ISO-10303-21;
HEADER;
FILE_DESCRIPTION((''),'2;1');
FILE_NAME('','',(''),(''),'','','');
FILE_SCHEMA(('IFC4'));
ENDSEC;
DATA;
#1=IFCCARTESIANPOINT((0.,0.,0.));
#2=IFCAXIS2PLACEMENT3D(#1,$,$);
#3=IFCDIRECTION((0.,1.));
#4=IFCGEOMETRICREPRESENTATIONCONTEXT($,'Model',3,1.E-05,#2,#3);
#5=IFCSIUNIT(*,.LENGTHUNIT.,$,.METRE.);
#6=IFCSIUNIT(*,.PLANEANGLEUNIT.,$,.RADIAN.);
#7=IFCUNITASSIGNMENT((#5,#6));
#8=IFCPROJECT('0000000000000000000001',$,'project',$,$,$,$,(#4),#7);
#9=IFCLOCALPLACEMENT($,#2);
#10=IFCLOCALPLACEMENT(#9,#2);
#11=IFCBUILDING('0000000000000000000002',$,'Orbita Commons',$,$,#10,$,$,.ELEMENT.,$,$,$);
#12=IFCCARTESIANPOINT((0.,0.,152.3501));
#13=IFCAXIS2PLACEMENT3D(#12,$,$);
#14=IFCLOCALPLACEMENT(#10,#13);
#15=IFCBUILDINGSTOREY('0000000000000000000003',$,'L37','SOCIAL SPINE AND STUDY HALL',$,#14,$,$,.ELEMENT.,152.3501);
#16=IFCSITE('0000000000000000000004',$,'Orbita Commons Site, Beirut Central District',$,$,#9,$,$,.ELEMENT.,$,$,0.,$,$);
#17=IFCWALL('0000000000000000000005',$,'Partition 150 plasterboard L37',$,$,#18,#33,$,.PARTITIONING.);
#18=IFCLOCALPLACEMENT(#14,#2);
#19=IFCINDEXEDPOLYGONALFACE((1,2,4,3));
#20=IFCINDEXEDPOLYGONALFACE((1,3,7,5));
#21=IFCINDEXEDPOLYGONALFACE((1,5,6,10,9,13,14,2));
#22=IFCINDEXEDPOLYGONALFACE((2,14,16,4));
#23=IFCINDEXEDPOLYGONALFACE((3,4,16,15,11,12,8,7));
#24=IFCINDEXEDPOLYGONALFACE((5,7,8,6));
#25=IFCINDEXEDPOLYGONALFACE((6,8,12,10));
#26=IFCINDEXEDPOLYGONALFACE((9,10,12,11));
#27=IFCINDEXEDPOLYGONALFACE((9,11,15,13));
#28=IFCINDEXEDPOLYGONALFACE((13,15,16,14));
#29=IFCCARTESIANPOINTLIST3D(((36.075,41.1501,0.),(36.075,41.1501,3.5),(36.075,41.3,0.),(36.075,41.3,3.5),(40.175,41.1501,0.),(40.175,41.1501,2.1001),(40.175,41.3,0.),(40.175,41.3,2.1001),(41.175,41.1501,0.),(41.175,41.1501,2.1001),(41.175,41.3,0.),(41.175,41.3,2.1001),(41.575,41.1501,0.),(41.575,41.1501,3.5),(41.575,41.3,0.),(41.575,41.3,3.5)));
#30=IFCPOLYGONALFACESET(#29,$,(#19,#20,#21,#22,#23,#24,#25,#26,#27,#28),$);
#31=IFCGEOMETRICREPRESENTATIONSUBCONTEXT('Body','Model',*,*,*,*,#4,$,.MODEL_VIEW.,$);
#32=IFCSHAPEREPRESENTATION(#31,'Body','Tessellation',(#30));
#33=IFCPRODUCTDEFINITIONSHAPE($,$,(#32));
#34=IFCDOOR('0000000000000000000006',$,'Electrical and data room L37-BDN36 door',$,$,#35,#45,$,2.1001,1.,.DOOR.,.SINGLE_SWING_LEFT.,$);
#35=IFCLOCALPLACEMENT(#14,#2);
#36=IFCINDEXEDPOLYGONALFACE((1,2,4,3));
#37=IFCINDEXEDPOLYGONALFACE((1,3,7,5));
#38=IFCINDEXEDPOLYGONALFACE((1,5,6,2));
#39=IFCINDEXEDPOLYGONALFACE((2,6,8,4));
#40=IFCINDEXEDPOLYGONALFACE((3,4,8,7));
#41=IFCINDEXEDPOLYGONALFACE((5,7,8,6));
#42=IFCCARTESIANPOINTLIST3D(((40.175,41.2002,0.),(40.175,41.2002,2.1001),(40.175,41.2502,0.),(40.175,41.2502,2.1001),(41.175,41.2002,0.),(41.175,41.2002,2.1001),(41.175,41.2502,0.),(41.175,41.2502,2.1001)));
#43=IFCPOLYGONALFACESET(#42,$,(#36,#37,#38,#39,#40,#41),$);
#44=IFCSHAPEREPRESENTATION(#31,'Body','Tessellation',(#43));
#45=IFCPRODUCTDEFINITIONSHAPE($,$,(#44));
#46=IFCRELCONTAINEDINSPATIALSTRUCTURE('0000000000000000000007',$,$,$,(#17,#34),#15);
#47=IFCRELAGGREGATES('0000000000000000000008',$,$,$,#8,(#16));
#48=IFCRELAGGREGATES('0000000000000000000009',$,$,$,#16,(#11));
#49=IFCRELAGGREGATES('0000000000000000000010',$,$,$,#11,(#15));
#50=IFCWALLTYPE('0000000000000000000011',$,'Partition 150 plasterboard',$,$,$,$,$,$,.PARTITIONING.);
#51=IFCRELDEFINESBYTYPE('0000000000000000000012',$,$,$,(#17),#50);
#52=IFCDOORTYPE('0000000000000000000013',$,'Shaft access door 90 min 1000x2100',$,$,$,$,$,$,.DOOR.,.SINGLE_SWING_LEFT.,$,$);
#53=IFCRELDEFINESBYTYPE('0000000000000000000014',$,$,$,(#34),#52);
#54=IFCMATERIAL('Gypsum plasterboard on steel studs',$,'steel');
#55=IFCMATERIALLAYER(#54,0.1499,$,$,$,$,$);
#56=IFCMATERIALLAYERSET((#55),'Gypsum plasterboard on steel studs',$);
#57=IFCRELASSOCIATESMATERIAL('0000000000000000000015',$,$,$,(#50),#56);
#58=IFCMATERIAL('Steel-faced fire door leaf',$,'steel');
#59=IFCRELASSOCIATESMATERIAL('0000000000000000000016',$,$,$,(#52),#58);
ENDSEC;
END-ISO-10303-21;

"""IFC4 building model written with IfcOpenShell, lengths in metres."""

from ifc_helpers import new_model, si_unit, direction, frame, frame_2d, origin, place, context, subcontext, project, spatial, rectangle, extrude, material, layer, layer_set, type_object, element, fill, save


model = new_model("IFC4")

# Units and contexts
model_context = context("Model", 3, precision=1e-05, world=origin(), true_north=direction((0.0, 1.0)))
body_context = subcontext(model_context, "Body", "Model", "MODEL_VIEW")
ifc_project = project(units=[si_unit("LENGTHUNIT", "METRE"), si_unit("PLANEANGLEUNIT", "RADIAN")], contexts=[model_context])

# Site, building, storey
site_placement = place(None, origin())
site = spatial("IfcSite", under=ifc_project, at=site_placement, Name="Orbita Commons Site, Beirut Central District", CompositionType="ELEMENT", RefElevation=0.0)
building_placement = place(site_placement, origin())
building = spatial("IfcBuilding", under=site, at=building_placement, Name="Orbita Commons", CompositionType="ELEMENT")
storey_placement = place(building_placement, frame((0.0, 0.0, 152.3501)))
storey = spatial("IfcBuildingStorey", under=building, at=storey_placement, Name="L37", Description="SOCIAL SPINE AND STUDY HALL", CompositionType="ELEMENT", Elevation=152.3501)

# Wall, opening, door
ifc_material_1 = material(Name="Gypsum plasterboard on steel studs", Category="steel")
ifc_layer_1 = layer(ifc_material_1, 0.1499)
ifc_layer_set_1 = layer_set([ifc_layer_1], Name="Gypsum plasterboard on steel studs")
wall_type_1 = type_object("IfcWallType", Name="Partition 150 plasterboard", PredefinedType="PARTITIONING", material=ifc_layer_set_1)
ifc_material_2 = material(Name="Steel-faced fire door leaf", Category="steel")
door_type_1 = type_object("IfcDoorType", Name="Shaft access door 90 min 1000x2100", OperationType="SINGLE_SWING_LEFT", PredefinedType="DOOR", material=ifc_material_2)
wall_1_placement = place(storey_placement, frame((41.575, 41.2251, 0.0), z_axis=(0.0, 0.0, 1.0), x_axis=(-1.0, 0.0, 0.0)))
wall_1 = element("IfcWall", 1, at=wall_1_placement, inside=storey, type_object=wall_type_1, Name="Partition 150 plasterboard L37", PredefinedType="PARTITIONING", context=body_context, shape_type="SweptSolid", body=[
    extrude(rectangle(XDim=5.5, YDim=0.1499, at=frame_2d((2.75, 0.0))), origin(), (0.0, 0.0, 1.0), 3.5),
])
opening_1_placement = place(wall_1_placement, frame((0.3999, 0.0, 0.0)))
opening_1 = element("IfcOpeningElement", 2, at=opening_1_placement, cuts=wall_1, PredefinedType="OPENING", context=body_context, shape_type="SweptSolid", body=[
    extrude(rectangle(XDim=1.0, YDim=2.1001, at=frame_2d((0.5, 1.05))), frame((0.0, 0.085, 0.0), z_axis=(0.0, -1.0, 0.0), x_axis=(1.0, 0.0, 0.0)), (0.0, 0.0, 1.0), 0.1699),
])
door_1_placement = place(opening_1_placement, origin())
door_1 = element("IfcDoor", 3, at=door_1_placement, inside=storey, type_object=door_type_1, Name="Electrical and data room L37-BDN36 door", OperationType="SINGLE_SWING_LEFT", OverallHeight=2.1001, OverallWidth=1.0, PredefinedType="DOOR", context=body_context, shape_type="SweptSolid", body=[
    extrude(rectangle(XDim=1.0, YDim=2.1001, at=frame_2d((0.5, 1.05))), frame((0.0, 0.0249, 0.0), z_axis=(0.0, -1.0, 0.0), x_axis=(1.0, 0.0, 0.0)), (0.0, 0.0, 1.0), 0.05),
])
fill(opening_1, door_1)

save(model, "model.ifc")
